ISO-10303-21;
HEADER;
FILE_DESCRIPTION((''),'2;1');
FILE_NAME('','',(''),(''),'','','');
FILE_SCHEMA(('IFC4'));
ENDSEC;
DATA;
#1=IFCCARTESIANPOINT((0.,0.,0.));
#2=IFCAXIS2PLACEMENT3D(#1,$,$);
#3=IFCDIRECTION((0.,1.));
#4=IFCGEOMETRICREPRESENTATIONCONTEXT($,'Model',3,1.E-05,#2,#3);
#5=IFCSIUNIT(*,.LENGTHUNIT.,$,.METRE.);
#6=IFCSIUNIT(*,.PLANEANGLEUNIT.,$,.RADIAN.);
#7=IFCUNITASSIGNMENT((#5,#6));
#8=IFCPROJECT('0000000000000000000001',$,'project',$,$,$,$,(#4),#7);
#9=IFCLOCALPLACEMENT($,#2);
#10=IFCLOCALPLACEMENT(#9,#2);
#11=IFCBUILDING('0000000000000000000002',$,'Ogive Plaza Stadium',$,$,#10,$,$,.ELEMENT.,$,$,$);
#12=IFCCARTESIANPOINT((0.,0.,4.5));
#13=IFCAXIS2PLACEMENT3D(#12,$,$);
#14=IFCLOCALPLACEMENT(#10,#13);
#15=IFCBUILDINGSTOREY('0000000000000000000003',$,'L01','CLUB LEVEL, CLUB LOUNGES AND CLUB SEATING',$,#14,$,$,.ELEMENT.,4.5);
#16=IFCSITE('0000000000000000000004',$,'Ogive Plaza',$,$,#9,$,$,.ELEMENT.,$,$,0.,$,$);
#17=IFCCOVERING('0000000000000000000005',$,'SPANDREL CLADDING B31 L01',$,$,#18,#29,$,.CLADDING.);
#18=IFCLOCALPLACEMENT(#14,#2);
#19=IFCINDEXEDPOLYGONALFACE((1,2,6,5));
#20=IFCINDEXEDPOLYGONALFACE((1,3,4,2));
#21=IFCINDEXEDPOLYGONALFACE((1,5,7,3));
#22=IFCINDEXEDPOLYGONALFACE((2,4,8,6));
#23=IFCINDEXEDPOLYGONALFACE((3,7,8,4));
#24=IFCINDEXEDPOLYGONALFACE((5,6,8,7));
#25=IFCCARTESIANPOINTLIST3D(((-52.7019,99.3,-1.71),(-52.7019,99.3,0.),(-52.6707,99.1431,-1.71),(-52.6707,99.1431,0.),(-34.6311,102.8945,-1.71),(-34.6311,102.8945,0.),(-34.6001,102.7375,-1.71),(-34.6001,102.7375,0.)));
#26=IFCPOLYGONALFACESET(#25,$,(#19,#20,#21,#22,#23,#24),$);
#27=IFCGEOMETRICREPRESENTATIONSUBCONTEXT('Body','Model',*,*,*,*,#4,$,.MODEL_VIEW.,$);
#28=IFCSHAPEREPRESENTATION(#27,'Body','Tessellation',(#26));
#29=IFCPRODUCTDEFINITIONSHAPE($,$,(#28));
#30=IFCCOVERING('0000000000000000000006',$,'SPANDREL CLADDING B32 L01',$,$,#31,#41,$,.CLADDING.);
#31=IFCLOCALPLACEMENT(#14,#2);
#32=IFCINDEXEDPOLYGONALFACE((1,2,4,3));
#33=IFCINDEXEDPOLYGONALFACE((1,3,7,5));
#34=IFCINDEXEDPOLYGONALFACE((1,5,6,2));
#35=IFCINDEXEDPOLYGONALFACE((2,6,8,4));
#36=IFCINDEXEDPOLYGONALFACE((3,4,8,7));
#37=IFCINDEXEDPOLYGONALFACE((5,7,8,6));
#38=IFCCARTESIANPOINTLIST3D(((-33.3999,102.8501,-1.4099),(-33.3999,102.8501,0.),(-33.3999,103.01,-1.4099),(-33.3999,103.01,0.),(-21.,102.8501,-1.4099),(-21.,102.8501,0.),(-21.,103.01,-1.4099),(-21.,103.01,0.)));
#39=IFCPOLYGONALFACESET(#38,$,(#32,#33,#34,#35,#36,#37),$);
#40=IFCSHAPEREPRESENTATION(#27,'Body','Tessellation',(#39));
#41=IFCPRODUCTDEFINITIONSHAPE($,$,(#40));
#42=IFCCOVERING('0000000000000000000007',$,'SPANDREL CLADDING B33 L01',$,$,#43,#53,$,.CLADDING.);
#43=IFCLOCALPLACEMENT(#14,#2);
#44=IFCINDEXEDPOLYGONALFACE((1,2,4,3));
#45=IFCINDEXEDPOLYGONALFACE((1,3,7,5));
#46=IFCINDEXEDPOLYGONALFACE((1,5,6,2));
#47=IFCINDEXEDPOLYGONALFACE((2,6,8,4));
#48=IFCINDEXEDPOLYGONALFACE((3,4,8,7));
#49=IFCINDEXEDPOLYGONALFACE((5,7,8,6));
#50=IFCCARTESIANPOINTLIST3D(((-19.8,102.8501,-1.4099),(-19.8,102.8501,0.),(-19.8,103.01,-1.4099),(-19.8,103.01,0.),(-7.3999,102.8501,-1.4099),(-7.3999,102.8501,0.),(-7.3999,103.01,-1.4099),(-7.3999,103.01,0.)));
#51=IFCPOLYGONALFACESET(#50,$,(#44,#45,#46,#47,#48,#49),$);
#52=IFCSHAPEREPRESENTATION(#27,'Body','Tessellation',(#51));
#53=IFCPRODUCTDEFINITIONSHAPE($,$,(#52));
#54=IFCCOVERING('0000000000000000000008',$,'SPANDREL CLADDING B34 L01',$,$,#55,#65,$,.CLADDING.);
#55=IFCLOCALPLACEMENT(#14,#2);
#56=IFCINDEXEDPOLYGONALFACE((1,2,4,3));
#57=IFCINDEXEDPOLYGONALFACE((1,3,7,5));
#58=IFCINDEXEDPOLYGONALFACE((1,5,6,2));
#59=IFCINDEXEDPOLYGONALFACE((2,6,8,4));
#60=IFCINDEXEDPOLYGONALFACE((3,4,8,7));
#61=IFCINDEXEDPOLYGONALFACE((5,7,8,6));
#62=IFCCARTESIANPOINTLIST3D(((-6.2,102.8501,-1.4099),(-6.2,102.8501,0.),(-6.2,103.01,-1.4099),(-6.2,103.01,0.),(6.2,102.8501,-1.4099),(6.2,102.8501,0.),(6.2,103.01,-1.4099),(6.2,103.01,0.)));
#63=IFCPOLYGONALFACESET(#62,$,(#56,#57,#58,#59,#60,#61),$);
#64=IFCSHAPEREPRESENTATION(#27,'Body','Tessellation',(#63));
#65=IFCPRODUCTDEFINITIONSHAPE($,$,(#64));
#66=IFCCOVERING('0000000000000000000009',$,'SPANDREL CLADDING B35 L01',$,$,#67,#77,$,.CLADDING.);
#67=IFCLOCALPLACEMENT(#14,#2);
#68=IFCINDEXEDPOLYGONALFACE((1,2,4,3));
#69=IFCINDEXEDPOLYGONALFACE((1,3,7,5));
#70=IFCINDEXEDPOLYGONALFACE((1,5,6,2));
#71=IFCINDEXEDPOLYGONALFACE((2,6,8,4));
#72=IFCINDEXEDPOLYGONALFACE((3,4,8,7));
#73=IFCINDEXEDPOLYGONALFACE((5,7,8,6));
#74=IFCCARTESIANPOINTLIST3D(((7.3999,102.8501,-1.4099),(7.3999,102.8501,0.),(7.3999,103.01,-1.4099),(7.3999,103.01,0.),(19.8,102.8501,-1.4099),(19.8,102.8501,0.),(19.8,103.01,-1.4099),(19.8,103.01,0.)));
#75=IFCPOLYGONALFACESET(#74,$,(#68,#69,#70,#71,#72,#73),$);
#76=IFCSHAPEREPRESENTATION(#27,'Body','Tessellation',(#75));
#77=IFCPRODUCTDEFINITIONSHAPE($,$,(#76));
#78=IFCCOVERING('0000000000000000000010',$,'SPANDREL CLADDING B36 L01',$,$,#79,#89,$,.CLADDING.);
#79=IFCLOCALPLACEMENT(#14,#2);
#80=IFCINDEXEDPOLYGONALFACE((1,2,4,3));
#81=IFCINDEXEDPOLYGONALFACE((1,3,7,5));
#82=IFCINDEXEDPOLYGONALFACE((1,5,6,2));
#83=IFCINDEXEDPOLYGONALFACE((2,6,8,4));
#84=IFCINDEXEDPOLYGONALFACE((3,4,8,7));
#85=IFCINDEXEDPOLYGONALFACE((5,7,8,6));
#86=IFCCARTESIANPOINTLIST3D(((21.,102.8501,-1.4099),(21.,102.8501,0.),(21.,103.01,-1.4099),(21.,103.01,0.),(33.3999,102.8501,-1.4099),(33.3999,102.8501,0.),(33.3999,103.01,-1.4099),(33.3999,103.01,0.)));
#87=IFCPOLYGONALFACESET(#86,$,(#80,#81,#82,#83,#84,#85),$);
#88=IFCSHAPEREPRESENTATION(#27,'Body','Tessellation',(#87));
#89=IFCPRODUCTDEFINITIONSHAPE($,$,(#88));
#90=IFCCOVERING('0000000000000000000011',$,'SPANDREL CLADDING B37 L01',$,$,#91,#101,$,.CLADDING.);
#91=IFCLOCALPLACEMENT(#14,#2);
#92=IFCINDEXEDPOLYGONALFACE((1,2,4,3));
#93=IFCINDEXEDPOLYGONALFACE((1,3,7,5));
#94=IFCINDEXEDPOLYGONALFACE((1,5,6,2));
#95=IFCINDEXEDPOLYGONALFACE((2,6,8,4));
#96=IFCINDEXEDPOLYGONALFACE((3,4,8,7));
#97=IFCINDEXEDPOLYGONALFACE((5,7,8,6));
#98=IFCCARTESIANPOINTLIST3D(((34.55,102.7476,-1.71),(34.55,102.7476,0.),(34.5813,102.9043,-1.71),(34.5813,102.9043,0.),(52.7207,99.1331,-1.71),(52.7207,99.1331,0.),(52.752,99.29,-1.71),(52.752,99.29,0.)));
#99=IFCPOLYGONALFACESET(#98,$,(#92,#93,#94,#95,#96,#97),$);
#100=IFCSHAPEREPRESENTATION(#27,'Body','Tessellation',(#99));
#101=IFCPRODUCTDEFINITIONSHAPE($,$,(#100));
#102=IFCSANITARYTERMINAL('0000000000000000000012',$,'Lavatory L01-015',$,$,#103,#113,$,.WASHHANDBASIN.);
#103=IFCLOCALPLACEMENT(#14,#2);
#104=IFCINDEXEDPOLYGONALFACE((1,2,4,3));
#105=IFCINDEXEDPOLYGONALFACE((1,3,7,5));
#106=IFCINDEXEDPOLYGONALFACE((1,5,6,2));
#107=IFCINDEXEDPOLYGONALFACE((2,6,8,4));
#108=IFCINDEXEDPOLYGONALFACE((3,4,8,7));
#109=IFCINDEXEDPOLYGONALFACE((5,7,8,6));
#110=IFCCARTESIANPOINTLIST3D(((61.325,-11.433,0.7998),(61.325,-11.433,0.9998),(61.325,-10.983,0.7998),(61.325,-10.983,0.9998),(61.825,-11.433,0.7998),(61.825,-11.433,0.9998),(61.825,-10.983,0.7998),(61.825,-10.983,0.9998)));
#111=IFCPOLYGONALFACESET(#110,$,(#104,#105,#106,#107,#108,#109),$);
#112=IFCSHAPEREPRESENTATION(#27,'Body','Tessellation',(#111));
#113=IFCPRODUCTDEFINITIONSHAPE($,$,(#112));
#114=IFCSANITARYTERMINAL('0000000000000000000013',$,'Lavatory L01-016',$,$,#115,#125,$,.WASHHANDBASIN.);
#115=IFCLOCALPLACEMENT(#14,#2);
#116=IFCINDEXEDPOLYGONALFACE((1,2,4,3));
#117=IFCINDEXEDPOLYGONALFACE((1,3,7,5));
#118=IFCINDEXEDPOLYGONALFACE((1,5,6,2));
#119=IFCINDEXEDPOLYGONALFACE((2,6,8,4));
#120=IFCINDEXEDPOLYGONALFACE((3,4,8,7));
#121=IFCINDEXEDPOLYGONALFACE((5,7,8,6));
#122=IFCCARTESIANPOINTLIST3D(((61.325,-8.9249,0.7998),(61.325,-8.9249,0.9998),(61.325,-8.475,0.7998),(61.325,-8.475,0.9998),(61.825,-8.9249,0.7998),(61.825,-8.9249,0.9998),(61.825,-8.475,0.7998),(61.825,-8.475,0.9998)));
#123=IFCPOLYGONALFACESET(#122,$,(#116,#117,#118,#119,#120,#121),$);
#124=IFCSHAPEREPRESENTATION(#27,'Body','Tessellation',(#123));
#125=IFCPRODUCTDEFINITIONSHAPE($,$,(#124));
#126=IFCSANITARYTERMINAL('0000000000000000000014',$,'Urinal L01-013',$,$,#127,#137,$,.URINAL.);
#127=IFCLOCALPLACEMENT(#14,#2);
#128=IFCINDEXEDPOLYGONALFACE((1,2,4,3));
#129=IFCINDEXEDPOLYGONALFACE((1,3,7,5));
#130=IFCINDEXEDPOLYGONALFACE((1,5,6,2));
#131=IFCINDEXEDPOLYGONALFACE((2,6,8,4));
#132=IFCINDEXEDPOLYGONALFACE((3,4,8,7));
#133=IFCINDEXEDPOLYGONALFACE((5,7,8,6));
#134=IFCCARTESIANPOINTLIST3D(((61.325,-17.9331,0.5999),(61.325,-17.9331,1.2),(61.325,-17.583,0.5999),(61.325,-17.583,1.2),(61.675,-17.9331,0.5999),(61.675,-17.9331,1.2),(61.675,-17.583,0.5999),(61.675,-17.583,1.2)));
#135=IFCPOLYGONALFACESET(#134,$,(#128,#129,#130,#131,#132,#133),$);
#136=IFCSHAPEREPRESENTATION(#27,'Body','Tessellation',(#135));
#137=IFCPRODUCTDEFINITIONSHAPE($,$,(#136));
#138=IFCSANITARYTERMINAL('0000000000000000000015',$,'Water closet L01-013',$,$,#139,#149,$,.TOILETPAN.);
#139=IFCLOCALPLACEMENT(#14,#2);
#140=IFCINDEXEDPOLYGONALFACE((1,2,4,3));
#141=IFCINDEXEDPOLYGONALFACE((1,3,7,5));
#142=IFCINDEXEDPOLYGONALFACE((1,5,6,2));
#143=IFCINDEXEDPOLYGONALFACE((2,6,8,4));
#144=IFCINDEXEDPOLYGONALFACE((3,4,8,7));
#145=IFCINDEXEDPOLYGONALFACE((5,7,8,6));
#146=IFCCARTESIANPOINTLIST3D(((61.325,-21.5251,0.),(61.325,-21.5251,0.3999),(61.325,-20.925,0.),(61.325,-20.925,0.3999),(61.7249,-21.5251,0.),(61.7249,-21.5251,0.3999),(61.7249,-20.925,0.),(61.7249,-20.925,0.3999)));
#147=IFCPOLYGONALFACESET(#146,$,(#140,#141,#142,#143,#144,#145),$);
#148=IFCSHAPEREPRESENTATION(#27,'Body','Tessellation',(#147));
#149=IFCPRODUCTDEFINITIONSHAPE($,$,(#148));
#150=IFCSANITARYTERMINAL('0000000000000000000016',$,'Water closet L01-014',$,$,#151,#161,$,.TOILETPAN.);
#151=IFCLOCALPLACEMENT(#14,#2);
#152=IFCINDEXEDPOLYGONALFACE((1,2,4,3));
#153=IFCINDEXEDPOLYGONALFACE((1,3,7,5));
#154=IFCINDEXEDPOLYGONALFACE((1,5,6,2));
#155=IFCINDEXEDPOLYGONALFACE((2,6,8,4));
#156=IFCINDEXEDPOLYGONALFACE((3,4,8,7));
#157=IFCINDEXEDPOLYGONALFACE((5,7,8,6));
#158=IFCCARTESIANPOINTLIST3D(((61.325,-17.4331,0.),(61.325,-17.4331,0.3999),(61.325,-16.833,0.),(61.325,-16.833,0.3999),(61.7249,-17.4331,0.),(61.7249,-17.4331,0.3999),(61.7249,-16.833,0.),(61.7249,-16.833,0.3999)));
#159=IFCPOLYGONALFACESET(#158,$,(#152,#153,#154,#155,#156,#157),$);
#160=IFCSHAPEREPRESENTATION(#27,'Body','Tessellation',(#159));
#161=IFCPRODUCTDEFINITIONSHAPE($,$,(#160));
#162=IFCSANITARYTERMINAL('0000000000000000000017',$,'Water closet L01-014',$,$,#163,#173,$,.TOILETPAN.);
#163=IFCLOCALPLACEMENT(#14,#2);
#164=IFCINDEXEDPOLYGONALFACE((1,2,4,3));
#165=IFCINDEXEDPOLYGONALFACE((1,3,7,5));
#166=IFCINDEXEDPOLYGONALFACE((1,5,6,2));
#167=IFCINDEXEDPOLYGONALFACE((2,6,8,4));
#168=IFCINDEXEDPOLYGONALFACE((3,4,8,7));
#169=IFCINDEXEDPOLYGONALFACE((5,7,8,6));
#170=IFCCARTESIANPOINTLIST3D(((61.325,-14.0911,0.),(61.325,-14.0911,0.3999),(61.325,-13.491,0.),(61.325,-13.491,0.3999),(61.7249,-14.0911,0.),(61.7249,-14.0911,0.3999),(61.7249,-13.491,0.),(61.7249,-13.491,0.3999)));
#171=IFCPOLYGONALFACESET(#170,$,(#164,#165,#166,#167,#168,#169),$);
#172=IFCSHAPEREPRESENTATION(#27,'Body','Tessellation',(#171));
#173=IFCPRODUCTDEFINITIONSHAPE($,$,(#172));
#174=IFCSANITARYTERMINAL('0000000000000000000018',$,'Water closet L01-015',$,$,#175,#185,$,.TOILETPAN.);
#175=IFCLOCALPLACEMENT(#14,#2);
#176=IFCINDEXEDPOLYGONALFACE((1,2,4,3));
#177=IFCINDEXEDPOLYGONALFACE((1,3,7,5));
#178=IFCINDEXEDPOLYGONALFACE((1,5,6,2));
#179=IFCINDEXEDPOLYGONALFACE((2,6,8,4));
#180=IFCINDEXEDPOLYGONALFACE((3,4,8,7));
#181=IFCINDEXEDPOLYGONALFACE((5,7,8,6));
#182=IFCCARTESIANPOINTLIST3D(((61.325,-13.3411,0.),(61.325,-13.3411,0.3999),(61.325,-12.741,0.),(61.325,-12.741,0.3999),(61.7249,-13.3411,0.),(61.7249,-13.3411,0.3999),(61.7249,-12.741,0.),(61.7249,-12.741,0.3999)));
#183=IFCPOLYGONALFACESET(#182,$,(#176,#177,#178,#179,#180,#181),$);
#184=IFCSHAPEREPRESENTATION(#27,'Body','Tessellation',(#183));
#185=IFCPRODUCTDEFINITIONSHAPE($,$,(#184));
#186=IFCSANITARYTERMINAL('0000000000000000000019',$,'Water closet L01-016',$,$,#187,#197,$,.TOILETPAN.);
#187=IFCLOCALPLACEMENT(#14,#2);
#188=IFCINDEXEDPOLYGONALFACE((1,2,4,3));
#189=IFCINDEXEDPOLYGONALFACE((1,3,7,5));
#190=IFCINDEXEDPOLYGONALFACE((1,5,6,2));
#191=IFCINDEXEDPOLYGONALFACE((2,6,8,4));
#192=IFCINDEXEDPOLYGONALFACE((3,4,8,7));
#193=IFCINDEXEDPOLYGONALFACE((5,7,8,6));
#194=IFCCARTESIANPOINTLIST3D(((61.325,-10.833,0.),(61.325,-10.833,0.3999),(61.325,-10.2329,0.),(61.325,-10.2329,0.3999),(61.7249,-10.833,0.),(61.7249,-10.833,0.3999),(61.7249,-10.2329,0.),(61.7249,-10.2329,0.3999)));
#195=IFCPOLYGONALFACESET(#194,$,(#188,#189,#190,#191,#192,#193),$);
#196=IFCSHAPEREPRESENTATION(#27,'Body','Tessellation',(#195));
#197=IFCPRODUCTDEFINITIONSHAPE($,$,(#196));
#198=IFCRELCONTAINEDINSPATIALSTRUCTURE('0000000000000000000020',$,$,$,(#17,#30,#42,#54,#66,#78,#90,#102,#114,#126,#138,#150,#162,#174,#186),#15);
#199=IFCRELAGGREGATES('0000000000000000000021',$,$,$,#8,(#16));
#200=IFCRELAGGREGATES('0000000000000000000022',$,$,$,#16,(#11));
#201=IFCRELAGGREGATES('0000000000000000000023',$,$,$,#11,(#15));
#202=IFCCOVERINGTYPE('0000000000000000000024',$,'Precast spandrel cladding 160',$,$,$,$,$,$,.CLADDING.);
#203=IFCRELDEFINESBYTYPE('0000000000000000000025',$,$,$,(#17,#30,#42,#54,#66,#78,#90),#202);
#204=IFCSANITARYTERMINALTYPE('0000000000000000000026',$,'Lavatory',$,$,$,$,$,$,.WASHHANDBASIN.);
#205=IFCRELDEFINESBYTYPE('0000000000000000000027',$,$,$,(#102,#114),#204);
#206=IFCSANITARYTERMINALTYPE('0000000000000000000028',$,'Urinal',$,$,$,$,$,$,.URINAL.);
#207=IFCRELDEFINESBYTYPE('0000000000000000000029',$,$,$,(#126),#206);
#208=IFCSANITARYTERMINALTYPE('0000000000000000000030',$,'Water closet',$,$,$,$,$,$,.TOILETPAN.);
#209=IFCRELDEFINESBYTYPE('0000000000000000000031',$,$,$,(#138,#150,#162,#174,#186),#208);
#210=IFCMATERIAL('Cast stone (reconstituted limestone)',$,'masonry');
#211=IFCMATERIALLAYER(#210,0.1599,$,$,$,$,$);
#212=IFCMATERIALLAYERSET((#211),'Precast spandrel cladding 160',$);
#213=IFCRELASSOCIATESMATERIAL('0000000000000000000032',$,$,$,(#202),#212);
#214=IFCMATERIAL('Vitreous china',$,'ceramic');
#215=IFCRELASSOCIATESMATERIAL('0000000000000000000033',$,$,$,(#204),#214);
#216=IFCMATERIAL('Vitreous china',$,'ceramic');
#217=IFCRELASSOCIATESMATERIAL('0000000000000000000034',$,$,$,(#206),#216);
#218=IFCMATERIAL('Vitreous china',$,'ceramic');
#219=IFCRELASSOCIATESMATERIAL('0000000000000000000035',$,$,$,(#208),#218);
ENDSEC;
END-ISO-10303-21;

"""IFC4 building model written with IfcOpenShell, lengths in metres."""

from ifc_helpers import new_model, si_unit, direction, frame, origin, origin_2d, place, context, subcontext, project, spatial, polyline, rectangle, outline, extrude, material, layer, layer_set, type_object, element, save


model = new_model("IFC4")

# Units and contexts
model_context = context("Model", 3, precision=1e-05, world=origin(), true_north=direction((0.0, 1.0)))
body_context = subcontext(model_context, "Body", "Model", "MODEL_VIEW")
ifc_project = project(units=[si_unit("LENGTHUNIT", "METRE"), si_unit("PLANEANGLEUNIT", "RADIAN")], contexts=[model_context])

# Site, building, storey
site_placement = place(None, origin())
site = spatial("IfcSite", under=ifc_project, at=site_placement, Name="Ogive Plaza", CompositionType="ELEMENT", RefElevation=0.0)
building_placement = place(site_placement, origin())
building = spatial("IfcBuilding", under=site, at=building_placement, Name="Ogive Plaza Stadium", CompositionType="ELEMENT")
storey_placement = place(building_placement, frame((0.0, 0.0, 4.5)))
storey = spatial("IfcBuildingStorey", under=building, at=storey_placement, Name="L01", Description="CLUB LEVEL, CLUB LOUNGES AND CLUB SEATING", CompositionType="ELEMENT", Elevation=4.5)

# Coverings
ifc_material_1 = material(Name="Cast stone (reconstituted limestone)", Category="masonry")
ifc_layer_1 = layer(ifc_material_1, 0.1599)
ifc_layer_set_1 = layer_set([ifc_layer_1], Name="Precast spandrel cladding 160")
covering_type = type_object("IfcCoveringType", Name="Precast spandrel cladding 160", PredefinedType="CLADDING", material=ifc_layer_set_1)
covering_1_placement = place(storey_placement, frame((0.0, 0.0, -1.71)))
element("IfcCovering", 1, at=covering_1_placement, inside=storey, type_object=covering_type, Name="SPANDREL CLADDING B31 L01", PredefinedType="CLADDING", context=body_context, shape_type="SweptSolid", body=[
    extrude(outline(polyline([(-52.6707, 99.1431), (-34.6001, 102.7375), (-34.6311, 102.8945), (-52.7019, 99.3), (-52.6707, 99.1431)])), origin(), (0.0, 0.0, 1.0), 1.71),
])
covering_2_placement = place(storey_placement, frame((0.0, 0.0, -1.4099)))
element("IfcCovering", 2, at=covering_2_placement, inside=storey, type_object=covering_type, Name="SPANDREL CLADDING B32 L01", PredefinedType="CLADDING", context=body_context, shape_type="SweptSolid", body=[
    extrude(outline(polyline([(-33.3999, 102.8501), (-21.0, 102.8501), (-21.0, 103.01), (-33.3999, 103.01), (-33.3999, 102.8501)])), origin(), (0.0, 0.0, 1.0), 1.4099),
])
covering_3_placement = place(storey_placement, frame((0.0, 0.0, -1.4099)))
element("IfcCovering", 3, at=covering_3_placement, inside=storey, type_object=covering_type, Name="SPANDREL CLADDING B33 L01", PredefinedType="CLADDING", context=body_context, shape_type="SweptSolid", body=[
    extrude(outline(polyline([(-19.8, 102.8501), (-7.3999, 102.8501), (-7.3999, 103.01), (-19.8, 103.01), (-19.8, 102.8501)])), origin(), (0.0, 0.0, 1.0), 1.4099),
])
covering_4_placement = place(storey_placement, frame((0.0, 0.0, -1.4099)))
element("IfcCovering", 4, at=covering_4_placement, inside=storey, type_object=covering_type, Name="SPANDREL CLADDING B34 L01", PredefinedType="CLADDING", context=body_context, shape_type="SweptSolid", body=[
    extrude(outline(polyline([(-6.2, 102.8501), (6.2, 102.8501), (6.2, 103.01), (-6.2, 103.01), (-6.2, 102.8501)])), origin(), (0.0, 0.0, 1.0), 1.4099),
])
covering_5_placement = place(storey_placement, frame((0.0, 0.0, -1.4099)))
element("IfcCovering", 5, at=covering_5_placement, inside=storey, type_object=covering_type, Name="SPANDREL CLADDING B35 L01", PredefinedType="CLADDING", context=body_context, shape_type="SweptSolid", body=[
    extrude(outline(polyline([(7.3999, 102.8501), (19.8, 102.8501), (19.8, 103.01), (7.3999, 103.01), (7.3999, 102.8501)])), origin(), (0.0, 0.0, 1.0), 1.4099),
])
covering_6_placement = place(storey_placement, frame((0.0, 0.0, -1.4099)))
element("IfcCovering", 6, at=covering_6_placement, inside=storey, type_object=covering_type, Name="SPANDREL CLADDING B36 L01", PredefinedType="CLADDING", context=body_context, shape_type="SweptSolid", body=[
    extrude(outline(polyline([(21.0, 102.8501), (33.3999, 102.8501), (33.3999, 103.01), (21.0, 103.01), (21.0, 102.8501)])), origin(), (0.0, 0.0, 1.0), 1.4099),
])
covering_7_placement = place(storey_placement, frame((0.0, 0.0, -1.71)))
element("IfcCovering", 7, at=covering_7_placement, inside=storey, type_object=covering_type, Name="SPANDREL CLADDING B37 L01", PredefinedType="CLADDING", context=body_context, shape_type="SweptSolid", body=[
    extrude(outline(polyline([(34.55, 102.7476), (52.7207, 99.1331), (52.752, 99.29), (34.5813, 102.9043), (34.55, 102.7476)])), origin(), (0.0, 0.0, 1.0), 1.71),
])

# Sanitary terminals
ifc_material_2 = material(Name="Vitreous china", Category="ceramic")
sanitary_terminal_type_1 = type_object("IfcSanitaryTerminalType", Name="Lavatory", PredefinedType="WASHHANDBASIN", material=ifc_material_2)
for number, where, z_axis, x_axis, name in (
    (8, (61.575, -11.208, 0.7998), (0.0, 0.0, 1.0), (1.0, 0.0, 0.0), "Lavatory L01-015"),
    (9, (61.575, -8.7, 0.7998), (0.0, 0.0, 1.0), (1.0, 0.0, 0.0), "Lavatory L01-016"),
):
    element("IfcSanitaryTerminal", number, at=place(storey_placement, frame(where, z_axis=z_axis, x_axis=x_axis)), inside=storey, type_object=sanitary_terminal_type_1, Name=name, PredefinedType="WASHHANDBASIN", context=body_context, shape_type="SweptSolid", body=[
        extrude(rectangle(XDim=0.5, YDim=0.45, at=origin_2d()), origin(), (0.0, 0.0, 1.0), 0.2),
    ])
ifc_material_3 = material(Name="Vitreous china", Category="ceramic")
sanitary_terminal_type_2 = type_object("IfcSanitaryTerminalType", Name="Urinal", PredefinedType="URINAL", material=ifc_material_3)
sanitary_terminal_placement = place(storey_placement, frame((61.5, -17.7581, 0.5999), z_axis=(0.0, 0.0, 1.0), x_axis=(1.0, 0.0, 0.0)))
element("IfcSanitaryTerminal", 10, at=sanitary_terminal_placement, inside=storey, type_object=sanitary_terminal_type_2, Name="Urinal L01-013", PredefinedType="URINAL", context=body_context, shape_type="SweptSolid", body=[
    extrude(rectangle(XDim=0.3501, YDim=0.3501, at=origin_2d()), origin(), (0.0, 0.0, 1.0), 0.6001),
])
ifc_material_4 = material(Name="Vitreous china", Category="ceramic")
sanitary_terminal_type_3 = type_object("IfcSanitaryTerminalType", Name="Water closet", PredefinedType="TOILETPAN", material=ifc_material_4)
for number, where, z_axis, x_axis, name in (
    (11, (61.5249, -21.2251, 0.0), (0.0, 0.0, 1.0), (1.0, 0.0, 0.0), "Water closet L01-013"),
    (12, (61.5249, -17.1331, 0.0), (0.0, 0.0, 1.0), (1.0, 0.0, 0.0), "Water closet L01-014"),
    (13, (61.5249, -13.791, 0.0), (0.0, 0.0, 1.0), (1.0, 0.0, 0.0), "Water closet L01-014"),
    (14, (61.5249, -13.041, 0.0), (0.0, 0.0, 1.0), (1.0, 0.0, 0.0), "Water closet L01-015"),
    (15, (61.5249, -10.533, 0.0), (0.0, 0.0, 1.0), (1.0, 0.0, 0.0), "Water closet L01-016"),
):
    element("IfcSanitaryTerminal", number, at=place(storey_placement, frame(where, z_axis=z_axis, x_axis=x_axis)), inside=storey, type_object=sanitary_terminal_type_3, Name=name, PredefinedType="TOILETPAN", context=body_context, shape_type="SweptSolid", body=[
        extrude(rectangle(XDim=0.3999, YDim=0.6001, at=origin_2d()), origin(), (0.0, 0.0, 1.0), 0.3999),
    ])

save(model, "model.ifc")
